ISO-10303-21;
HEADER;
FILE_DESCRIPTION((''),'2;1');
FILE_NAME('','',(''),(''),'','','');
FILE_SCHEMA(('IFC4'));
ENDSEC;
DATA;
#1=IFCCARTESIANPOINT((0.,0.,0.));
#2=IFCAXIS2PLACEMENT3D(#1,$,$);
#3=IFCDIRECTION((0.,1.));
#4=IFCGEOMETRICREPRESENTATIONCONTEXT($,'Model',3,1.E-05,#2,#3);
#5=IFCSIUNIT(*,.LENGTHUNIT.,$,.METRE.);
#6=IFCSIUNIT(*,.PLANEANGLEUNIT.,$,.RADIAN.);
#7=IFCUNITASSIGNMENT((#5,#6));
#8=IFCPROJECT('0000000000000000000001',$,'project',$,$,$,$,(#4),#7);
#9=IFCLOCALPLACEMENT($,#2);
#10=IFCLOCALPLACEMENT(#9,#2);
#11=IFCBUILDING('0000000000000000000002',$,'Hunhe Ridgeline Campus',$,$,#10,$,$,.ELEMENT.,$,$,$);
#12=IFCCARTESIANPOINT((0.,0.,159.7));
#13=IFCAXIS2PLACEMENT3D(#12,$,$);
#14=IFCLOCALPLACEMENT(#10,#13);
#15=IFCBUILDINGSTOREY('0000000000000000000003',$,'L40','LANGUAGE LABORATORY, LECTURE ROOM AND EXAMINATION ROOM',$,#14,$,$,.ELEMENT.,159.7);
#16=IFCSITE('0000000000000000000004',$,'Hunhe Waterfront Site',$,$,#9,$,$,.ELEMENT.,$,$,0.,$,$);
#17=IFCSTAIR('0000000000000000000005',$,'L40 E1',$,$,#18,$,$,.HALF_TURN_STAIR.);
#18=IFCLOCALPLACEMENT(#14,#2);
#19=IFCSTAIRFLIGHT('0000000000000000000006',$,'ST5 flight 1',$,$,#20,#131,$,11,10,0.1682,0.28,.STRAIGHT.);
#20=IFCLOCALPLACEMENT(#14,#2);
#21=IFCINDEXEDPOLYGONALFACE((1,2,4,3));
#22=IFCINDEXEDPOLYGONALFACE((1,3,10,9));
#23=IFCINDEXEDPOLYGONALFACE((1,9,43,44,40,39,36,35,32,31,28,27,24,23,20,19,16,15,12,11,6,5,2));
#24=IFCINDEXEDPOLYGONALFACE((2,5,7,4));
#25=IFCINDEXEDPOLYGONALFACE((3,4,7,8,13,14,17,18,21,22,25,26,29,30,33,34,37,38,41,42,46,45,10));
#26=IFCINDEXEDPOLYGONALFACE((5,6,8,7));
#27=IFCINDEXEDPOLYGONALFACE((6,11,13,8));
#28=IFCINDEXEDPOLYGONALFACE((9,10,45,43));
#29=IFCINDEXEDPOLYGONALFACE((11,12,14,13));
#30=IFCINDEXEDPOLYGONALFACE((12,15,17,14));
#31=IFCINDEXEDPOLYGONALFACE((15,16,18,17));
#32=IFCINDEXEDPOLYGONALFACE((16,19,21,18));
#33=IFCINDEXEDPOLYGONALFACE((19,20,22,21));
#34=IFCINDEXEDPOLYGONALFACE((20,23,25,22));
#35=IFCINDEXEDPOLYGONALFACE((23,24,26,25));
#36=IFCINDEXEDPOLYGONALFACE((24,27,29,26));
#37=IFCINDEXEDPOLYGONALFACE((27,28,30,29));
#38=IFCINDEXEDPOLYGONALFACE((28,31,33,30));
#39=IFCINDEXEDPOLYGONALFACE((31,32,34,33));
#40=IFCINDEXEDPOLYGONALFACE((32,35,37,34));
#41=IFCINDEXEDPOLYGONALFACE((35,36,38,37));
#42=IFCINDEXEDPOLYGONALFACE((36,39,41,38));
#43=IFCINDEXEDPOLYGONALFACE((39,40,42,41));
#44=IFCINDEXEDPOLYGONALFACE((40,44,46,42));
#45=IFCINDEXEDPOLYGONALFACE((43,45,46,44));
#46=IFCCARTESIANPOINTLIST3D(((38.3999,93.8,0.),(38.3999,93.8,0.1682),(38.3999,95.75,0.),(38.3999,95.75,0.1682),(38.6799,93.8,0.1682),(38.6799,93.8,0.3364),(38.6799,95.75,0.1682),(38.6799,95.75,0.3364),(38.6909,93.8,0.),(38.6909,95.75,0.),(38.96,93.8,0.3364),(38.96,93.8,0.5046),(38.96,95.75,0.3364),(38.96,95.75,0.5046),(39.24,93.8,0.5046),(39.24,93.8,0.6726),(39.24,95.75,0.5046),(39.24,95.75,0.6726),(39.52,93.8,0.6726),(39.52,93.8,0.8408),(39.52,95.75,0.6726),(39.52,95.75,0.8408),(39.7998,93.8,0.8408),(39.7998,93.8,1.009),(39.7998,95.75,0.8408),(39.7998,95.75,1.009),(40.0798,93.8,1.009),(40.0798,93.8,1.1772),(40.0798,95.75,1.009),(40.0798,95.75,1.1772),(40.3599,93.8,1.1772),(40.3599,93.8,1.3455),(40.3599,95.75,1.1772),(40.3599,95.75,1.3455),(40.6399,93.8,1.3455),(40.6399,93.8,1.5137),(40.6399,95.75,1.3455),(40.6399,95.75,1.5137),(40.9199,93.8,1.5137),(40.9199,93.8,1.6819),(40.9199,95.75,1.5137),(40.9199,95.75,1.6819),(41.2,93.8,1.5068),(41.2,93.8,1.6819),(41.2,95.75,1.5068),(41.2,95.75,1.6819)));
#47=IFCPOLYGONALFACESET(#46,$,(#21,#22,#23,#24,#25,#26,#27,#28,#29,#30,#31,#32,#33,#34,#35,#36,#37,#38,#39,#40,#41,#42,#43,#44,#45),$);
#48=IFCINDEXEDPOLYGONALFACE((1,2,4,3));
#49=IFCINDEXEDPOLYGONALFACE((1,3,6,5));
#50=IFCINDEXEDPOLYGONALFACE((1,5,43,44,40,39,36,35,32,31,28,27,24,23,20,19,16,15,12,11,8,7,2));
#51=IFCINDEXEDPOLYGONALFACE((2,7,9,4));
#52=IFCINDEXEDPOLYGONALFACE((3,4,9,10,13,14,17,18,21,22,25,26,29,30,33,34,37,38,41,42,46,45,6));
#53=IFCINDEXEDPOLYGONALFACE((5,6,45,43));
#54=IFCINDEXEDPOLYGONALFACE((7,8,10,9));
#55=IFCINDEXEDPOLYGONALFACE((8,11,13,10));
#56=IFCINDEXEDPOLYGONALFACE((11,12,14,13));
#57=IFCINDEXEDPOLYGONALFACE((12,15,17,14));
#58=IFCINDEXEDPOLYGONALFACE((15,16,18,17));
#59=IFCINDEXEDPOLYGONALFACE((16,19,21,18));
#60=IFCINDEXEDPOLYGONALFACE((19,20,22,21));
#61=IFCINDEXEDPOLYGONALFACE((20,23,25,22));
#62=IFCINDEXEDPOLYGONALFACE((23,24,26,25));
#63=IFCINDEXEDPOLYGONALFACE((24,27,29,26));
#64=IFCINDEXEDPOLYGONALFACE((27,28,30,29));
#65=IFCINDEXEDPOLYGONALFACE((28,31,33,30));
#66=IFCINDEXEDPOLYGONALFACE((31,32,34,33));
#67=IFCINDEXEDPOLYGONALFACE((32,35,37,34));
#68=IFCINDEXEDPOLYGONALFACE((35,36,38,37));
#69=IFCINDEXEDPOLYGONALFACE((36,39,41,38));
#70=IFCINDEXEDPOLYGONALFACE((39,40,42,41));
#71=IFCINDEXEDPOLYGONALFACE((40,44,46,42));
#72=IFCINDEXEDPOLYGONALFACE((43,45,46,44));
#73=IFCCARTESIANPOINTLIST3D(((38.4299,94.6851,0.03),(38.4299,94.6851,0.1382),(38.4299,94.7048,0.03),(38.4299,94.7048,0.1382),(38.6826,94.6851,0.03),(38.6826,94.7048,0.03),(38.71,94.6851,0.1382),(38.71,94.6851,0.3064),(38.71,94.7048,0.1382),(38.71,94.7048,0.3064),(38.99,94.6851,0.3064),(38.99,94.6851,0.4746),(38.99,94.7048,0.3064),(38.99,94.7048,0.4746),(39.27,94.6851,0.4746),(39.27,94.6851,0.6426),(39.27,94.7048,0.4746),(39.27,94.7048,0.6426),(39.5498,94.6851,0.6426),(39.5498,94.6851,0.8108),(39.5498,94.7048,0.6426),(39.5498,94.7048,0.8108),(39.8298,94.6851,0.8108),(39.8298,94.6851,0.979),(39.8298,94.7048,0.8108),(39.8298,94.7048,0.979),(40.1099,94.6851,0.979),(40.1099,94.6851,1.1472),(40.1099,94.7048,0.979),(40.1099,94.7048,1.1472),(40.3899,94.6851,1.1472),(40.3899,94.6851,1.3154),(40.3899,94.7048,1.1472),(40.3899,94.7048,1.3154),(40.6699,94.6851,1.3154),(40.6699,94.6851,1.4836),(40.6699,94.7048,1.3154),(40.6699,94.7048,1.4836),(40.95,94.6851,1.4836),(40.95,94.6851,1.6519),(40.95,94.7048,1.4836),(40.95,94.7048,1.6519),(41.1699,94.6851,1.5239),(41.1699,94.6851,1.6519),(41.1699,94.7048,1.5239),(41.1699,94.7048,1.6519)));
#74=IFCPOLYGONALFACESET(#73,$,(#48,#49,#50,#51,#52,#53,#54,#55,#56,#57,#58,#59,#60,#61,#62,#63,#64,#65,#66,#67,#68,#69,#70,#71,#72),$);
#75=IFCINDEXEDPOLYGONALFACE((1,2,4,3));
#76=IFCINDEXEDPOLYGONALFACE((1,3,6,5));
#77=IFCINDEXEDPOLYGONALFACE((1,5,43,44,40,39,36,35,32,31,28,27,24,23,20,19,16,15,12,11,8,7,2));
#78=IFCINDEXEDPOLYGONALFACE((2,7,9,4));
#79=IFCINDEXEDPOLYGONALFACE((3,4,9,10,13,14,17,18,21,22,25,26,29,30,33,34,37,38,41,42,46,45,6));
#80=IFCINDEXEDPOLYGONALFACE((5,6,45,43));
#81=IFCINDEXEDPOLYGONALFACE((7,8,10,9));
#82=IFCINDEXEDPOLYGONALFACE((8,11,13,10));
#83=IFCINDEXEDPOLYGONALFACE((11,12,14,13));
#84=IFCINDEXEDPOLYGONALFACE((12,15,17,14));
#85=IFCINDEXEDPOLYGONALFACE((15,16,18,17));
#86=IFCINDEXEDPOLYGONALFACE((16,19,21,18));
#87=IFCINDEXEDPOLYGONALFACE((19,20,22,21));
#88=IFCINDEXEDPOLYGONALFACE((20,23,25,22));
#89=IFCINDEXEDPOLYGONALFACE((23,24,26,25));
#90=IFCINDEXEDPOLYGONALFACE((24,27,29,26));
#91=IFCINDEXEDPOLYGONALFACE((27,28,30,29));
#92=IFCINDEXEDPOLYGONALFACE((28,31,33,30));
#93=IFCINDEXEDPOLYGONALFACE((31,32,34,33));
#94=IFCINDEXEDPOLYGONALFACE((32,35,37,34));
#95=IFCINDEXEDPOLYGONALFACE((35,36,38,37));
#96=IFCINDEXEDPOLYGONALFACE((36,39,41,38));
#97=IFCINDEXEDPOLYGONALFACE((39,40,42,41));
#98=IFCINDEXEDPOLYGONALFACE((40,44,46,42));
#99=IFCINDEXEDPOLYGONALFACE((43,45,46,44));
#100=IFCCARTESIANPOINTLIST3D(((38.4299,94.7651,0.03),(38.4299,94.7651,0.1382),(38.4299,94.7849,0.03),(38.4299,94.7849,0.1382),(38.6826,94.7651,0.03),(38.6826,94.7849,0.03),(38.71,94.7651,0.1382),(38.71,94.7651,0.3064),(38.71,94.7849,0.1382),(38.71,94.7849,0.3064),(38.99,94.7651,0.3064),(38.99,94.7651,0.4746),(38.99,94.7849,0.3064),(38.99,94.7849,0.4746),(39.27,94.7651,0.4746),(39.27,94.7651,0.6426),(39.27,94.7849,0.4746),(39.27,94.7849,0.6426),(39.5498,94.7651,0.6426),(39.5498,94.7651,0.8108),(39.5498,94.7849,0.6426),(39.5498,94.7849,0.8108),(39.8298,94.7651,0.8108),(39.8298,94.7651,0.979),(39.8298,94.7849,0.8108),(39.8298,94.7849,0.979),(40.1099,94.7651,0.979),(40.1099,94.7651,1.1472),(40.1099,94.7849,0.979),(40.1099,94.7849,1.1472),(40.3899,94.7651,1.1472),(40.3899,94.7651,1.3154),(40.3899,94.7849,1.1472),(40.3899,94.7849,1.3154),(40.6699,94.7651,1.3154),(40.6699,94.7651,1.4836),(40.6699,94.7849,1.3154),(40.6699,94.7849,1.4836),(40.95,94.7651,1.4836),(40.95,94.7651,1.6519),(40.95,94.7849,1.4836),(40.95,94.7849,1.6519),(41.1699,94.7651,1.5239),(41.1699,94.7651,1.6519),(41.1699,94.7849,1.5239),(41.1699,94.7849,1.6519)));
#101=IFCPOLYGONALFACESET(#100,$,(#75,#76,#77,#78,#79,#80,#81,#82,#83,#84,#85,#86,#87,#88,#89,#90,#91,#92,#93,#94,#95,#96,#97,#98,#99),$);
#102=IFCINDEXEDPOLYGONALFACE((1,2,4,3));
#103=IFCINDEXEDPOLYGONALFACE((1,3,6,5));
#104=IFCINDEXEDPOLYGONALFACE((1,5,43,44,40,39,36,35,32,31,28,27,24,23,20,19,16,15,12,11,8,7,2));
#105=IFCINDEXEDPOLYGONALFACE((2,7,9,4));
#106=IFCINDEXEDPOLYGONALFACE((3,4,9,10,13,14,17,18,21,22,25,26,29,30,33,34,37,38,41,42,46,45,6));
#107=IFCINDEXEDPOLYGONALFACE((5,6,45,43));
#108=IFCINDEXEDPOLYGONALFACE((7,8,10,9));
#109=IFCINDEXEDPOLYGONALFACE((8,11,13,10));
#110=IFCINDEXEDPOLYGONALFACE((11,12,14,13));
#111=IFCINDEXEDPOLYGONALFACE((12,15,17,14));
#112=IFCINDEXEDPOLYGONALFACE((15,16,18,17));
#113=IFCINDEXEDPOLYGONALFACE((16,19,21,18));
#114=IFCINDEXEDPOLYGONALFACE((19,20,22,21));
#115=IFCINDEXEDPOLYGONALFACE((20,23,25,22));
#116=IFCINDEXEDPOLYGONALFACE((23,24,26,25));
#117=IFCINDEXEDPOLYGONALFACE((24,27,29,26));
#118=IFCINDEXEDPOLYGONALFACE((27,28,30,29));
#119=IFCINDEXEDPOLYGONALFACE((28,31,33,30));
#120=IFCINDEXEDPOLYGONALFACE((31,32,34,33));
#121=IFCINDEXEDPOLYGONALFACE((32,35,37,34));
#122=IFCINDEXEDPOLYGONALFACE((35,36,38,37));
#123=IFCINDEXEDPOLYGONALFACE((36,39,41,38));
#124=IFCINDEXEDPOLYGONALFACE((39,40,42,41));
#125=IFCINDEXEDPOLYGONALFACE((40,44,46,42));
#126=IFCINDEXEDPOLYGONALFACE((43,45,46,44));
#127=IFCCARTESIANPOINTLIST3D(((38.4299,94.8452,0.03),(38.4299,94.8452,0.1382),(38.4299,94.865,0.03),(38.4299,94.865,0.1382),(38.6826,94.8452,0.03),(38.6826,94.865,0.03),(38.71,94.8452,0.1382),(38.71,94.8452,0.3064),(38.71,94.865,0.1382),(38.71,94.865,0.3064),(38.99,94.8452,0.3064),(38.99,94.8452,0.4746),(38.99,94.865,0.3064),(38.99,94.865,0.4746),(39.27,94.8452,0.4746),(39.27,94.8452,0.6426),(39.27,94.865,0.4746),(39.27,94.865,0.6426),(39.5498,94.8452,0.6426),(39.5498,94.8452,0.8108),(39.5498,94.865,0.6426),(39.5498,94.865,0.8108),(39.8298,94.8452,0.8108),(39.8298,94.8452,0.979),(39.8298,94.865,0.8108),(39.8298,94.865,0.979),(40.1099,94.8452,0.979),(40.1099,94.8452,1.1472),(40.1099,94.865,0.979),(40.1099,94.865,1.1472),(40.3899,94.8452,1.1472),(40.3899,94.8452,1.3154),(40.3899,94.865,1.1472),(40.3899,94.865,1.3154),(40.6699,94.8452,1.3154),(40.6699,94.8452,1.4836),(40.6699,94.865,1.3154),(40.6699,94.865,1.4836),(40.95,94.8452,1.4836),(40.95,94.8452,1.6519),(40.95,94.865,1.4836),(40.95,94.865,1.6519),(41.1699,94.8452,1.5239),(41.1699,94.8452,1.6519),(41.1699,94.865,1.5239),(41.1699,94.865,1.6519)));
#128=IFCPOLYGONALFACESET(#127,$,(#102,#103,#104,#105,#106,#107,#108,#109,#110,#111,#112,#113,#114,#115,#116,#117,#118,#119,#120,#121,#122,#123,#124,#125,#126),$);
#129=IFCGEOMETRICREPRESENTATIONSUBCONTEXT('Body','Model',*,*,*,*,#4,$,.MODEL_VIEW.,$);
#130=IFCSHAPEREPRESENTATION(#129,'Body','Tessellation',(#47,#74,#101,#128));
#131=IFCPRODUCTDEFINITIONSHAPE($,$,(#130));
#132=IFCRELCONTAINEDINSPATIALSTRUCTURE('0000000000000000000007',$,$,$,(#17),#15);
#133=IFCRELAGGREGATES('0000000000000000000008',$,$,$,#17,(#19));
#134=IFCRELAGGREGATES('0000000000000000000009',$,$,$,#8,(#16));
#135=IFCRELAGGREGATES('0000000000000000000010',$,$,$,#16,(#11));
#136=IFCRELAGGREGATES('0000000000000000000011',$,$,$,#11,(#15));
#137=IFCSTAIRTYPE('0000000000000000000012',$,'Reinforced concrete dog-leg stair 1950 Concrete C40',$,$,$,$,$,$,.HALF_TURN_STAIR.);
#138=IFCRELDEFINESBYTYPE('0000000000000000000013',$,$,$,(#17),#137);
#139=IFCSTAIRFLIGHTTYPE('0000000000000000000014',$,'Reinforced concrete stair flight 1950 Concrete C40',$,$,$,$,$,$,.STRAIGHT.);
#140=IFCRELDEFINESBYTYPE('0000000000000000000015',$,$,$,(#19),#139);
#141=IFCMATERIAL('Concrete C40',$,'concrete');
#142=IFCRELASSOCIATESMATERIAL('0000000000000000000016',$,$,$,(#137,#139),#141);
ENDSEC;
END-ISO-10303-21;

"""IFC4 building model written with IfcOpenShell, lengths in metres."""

from ifc_helpers import new_model, si_unit, direction, frame, origin, place, context, subcontext, project, spatial, polyline, outline, extrude, material, type_object, element, aggregate, save


model = new_model("IFC4")

# Units and contexts
model_context = context("Model", 3, precision=1e-05, world=origin(), true_north=direction((0.0, 1.0)))
body_context = subcontext(model_context, "Body", "Model", "MODEL_VIEW")
ifc_project = project(units=[si_unit("LENGTHUNIT", "METRE"), si_unit("PLANEANGLEUNIT", "RADIAN")], contexts=[model_context])

# Site, building, storey
site_placement = place(None, origin())
site = spatial("IfcSite", under=ifc_project, at=site_placement, Name="Hunhe Waterfront Site", CompositionType="ELEMENT", RefElevation=0.0)
building_placement = place(site_placement, origin())
building = spatial("IfcBuilding", under=site, at=building_placement, Name="Hunhe Ridgeline Campus", CompositionType="ELEMENT")
storey_placement = place(building_placement, frame((0.0, 0.0, 159.7)))
storey = spatial("IfcBuildingStorey", under=building, at=storey_placement, Name="L40", Description="LANGUAGE LABORATORY, LECTURE ROOM AND EXAMINATION ROOM", CompositionType="ELEMENT", Elevation=159.7)

# Stair, stair flight
ifc_material_1 = material(Name="Concrete C40", Category="concrete")
stair_type = type_object("IfcStairType", Name="Reinforced concrete dog-leg stair 1950 Concrete C40", PredefinedType="HALF_TURN_STAIR", material=ifc_material_1)
stair_flight_type = type_object("IfcStairFlightType", Name="Reinforced concrete stair flight 1950 Concrete C40", PredefinedType="STRAIGHT", material=ifc_material_1)
stair_1_placement = place(storey_placement, origin())
stair_1 = element("IfcStair", 1, at=stair_1_placement, inside=storey, type_object=stair_type, Name="L40 E1", PredefinedType="HALF_TURN_STAIR")
stair_flight_1_placement = place(storey_placement, frame((38.3999, 94.7749, 0.0), z_axis=(0.0, 0.0, 1.0), x_axis=(1.0, 0.0, 0.0)))
stair_flight_1 = element("IfcStairFlight", 2, at=stair_flight_1_placement, type_object=stair_flight_type, Name="ST5 flight 1", NumberOfRisers=11, NumberOfTreads=10, PredefinedType="STRAIGHT", RiserHeight=0.1682, TreadLength=0.28, context=body_context, shape_type="SweptSolid", body=[
    extrude(outline(polyline([(0.0, 0.0), (0.0, 0.1682), (0.28, 0.1682), (0.28, 0.3364), (0.5601, 0.3364), (0.5601, 0.5046), (0.8401, 0.5046), (0.8401, 0.6726), (1.1201, 0.6726), (1.1201, 0.8408), (1.3999, 0.8408), (1.3999, 1.009), (1.6799, 1.009), (1.6799, 1.1772), (1.96, 1.1772), (1.96, 1.3455), (2.24, 1.3455), (2.24, 1.5137), (2.52, 1.5137), (2.52, 1.6819), (2.8, 1.6819), (2.8, 1.8501), (2.8, 1.5068), (0.291, 0.0), (0.0, 0.0)])), frame((0.0, 0.9751, 0.0), z_axis=(0.0, -1.0, 0.0), x_axis=(1.0, 0.0, 0.0)), (0.0, 0.0, 1.0), 1.95),
    extrude(outline(polyline([(0.03, 0.03), (0.03, 0.1382), (0.3101, 0.1382), (0.3101, 0.3064), (0.5901, 0.3064), (0.5901, 0.4746), (0.8701, 0.4746), (0.8701, 0.6426), (1.1499, 0.6426), (1.1499, 0.8108), (1.4299, 0.8108), (1.4299, 0.979), (1.71, 0.979), (1.71, 1.1472), (1.99, 1.1472), (1.99, 1.3154), (2.27, 1.3154), (2.27, 1.4836), (2.55, 1.4836), (2.55, 1.6519), (2.77, 1.6519), (2.77, 1.5239), (0.2827, 0.03), (0.03, 0.03)])), frame((0.0, -0.0701, 0.0), z_axis=(0.0, -1.0, 0.0), x_axis=(1.0, 0.0, 0.0)), (0.0, 0.0, 1.0), 0.0198),
    extrude(outline(polyline([(0.03, 0.03), (0.03, 0.1382), (0.3101, 0.1382), (0.3101, 0.3064), (0.5901, 0.3064), (0.5901, 0.4746), (0.8701, 0.4746), (0.8701, 0.6426), (1.1499, 0.6426), (1.1499, 0.8108), (1.4299, 0.8108), (1.4299, 0.979), (1.71, 0.979), (1.71, 1.1472), (1.99, 1.1472), (1.99, 1.3154), (2.27, 1.3154), (2.27, 1.4836), (2.55, 1.4836), (2.55, 1.6519), (2.77, 1.6519), (2.77, 1.5239), (0.2827, 0.03), (0.03, 0.03)])), frame((0.0, 0.01, 0.0), z_axis=(0.0, -1.0, 0.0), x_axis=(1.0, 0.0, 0.0)), (0.0, 0.0, 1.0), 0.0198),
    extrude(outline(polyline([(0.03, 0.03), (0.03, 0.1382), (0.3101, 0.1382), (0.3101, 0.3064), (0.5901, 0.3064), (0.5901, 0.4746), (0.8701, 0.4746), (0.8701, 0.6426), (1.1499, 0.6426), (1.1499, 0.8108), (1.4299, 0.8108), (1.4299, 0.979), (1.71, 0.979), (1.71, 1.1472), (1.99, 1.1472), (1.99, 1.3154), (2.27, 1.3154), (2.27, 1.4836), (2.55, 1.4836), (2.55, 1.6519), (2.77, 1.6519), (2.77, 1.5239), (0.2827, 0.03), (0.03, 0.03)])), frame((0.0, 0.0901, 0.0), z_axis=(0.0, -1.0, 0.0), x_axis=(1.0, 0.0, 0.0)), (0.0, 0.0, 1.0), 0.0198),
])
aggregate(stair_1, [stair_flight_1])

save(model, "model.ifc")
